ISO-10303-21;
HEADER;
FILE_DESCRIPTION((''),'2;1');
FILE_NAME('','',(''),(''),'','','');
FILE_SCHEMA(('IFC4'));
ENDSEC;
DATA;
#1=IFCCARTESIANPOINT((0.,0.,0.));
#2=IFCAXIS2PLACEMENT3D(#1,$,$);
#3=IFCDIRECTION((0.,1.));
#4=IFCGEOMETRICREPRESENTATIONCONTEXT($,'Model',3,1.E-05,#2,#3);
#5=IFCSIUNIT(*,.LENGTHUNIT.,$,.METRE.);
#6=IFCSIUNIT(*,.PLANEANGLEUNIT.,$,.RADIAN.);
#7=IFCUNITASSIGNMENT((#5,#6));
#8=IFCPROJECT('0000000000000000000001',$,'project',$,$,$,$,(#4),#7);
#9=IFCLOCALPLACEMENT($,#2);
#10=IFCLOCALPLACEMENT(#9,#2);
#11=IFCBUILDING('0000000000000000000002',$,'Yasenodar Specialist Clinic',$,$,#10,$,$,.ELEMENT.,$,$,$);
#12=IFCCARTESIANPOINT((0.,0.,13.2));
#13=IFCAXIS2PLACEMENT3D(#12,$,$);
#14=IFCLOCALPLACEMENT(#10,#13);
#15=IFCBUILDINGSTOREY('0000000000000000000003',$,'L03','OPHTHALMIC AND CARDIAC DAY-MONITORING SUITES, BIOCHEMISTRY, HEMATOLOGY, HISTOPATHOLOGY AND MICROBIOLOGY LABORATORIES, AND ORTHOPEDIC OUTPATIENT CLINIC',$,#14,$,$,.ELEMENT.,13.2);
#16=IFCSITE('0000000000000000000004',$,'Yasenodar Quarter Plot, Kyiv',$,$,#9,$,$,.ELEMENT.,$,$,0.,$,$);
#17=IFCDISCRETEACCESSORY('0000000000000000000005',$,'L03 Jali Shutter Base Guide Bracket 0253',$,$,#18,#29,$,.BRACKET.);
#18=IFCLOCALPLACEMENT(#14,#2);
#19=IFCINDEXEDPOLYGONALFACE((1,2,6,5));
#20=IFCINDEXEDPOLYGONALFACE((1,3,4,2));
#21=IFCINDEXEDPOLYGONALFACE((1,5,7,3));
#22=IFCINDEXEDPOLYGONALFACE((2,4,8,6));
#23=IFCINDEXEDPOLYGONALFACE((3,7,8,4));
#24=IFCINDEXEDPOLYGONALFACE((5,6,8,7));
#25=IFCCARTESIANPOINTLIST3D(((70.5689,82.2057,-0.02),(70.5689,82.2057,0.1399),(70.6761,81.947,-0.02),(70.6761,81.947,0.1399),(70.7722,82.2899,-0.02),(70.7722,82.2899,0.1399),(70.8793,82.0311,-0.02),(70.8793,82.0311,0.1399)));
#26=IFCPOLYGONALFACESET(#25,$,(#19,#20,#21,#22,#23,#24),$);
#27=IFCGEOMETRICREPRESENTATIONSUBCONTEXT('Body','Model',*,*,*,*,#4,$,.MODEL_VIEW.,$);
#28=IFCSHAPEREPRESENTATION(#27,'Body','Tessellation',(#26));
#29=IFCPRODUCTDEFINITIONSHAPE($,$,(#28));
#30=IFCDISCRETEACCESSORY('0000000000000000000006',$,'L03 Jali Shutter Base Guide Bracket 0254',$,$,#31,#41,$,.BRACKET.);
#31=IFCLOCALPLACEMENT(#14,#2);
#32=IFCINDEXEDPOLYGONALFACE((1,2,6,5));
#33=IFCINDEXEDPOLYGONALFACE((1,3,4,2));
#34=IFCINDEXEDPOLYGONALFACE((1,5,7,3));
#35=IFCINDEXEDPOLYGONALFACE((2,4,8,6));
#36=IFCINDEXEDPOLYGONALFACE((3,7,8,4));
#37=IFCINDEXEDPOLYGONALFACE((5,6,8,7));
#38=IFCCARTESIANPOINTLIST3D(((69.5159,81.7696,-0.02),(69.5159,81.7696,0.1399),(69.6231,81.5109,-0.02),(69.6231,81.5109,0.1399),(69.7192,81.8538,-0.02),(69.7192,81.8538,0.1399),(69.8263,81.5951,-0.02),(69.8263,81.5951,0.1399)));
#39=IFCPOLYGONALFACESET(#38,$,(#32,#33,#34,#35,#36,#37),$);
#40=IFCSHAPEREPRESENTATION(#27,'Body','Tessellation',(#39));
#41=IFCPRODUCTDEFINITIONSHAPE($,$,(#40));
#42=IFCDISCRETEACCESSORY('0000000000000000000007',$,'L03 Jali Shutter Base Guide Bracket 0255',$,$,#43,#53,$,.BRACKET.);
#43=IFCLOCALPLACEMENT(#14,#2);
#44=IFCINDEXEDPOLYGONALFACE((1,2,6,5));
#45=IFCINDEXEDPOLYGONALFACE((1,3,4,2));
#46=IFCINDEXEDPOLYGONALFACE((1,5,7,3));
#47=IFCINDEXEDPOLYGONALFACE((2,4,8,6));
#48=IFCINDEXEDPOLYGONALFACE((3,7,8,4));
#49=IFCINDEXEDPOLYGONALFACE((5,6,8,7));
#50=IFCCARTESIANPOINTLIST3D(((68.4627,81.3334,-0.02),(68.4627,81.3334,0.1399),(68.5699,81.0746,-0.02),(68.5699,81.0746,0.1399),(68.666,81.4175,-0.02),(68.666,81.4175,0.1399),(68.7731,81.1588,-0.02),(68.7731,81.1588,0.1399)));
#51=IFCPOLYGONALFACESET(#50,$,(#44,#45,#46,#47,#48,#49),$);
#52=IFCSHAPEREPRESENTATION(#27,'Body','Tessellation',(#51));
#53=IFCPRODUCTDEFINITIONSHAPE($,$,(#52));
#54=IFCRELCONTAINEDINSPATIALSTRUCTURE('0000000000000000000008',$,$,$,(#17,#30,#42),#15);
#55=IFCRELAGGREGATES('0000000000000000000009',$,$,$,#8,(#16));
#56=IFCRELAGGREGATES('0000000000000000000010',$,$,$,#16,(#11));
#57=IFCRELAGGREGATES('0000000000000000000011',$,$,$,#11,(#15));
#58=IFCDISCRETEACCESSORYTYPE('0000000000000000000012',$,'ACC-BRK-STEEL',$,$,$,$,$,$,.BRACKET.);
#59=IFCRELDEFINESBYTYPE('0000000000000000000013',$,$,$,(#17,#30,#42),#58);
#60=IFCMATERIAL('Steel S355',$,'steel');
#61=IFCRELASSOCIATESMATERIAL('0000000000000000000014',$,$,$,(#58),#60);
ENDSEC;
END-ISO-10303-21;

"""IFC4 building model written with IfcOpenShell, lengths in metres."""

from ifc_helpers import new_model, si_unit, direction, frame, origin, origin_2d, place, context, subcontext, project, spatial, rectangle, extrude, material, type_object, element, save


model = new_model("IFC4")

# Units and contexts
model_context = context("Model", 3, precision=1e-05, world=origin(), true_north=direction((0.0, 1.0)))
body_context = subcontext(model_context, "Body", "Model", "MODEL_VIEW")
ifc_project = project(units=[si_unit("LENGTHUNIT", "METRE"), si_unit("PLANEANGLEUNIT", "RADIAN")], contexts=[model_context])

# Site, building, storey
site_placement = place(None, origin())
site = spatial("IfcSite", under=ifc_project, at=site_placement, Name="Yasenodar Quarter Plot, Kyiv", CompositionType="ELEMENT", RefElevation=0.0)
building_placement = place(site_placement, origin())
building = spatial("IfcBuilding", under=site, at=building_placement, Name="Yasenodar Specialist Clinic", CompositionType="ELEMENT")
storey_placement = place(building_placement, frame((0.0, 0.0, 13.2)))
storey = spatial("IfcBuildingStorey", under=building, at=storey_placement, Name="L03", Description="OPHTHALMIC AND CARDIAC DAY-MONITORING SUITES, BIOCHEMISTRY, HEMATOLOGY, HISTOPATHOLOGY AND MICROBIOLOGY LABORATORIES, AND ORTHOPEDIC OUTPATIENT CLINIC", CompositionType="ELEMENT", Elevation=13.2)

# Shared definitions
ifc_material_1 = material(Name="Steel S355", Category="steel")

# Discrete accessories
discrete_accessory_type = type_object("IfcDiscreteAccessoryType", Name="ACC-BRK-STEEL", PredefinedType="BRACKET", material=ifc_material_1)
for number, where, z_axis, x_axis, name in (
    (1, (70.7241, 82.1184, -0.02), (0.0, 0.0, 1.0), (-0.923878, -0.382687, 0.0), "L03 Jali Shutter Base Guide Bracket 0253"),
    (2, (69.6711, 81.6824, -0.02), (0.0, 0.0, 1.0), (-0.923878, -0.382687, 0.0), "L03 Jali Shutter Base Guide Bracket 0254"),
    (3, (68.6179, 81.2461, -0.02), (0.0, 0.0, 1.0), (-0.923878, -0.382687, 0.0), "L03 Jali Shutter Base Guide Bracket 0255"),
):
    element("IfcDiscreteAccessory", number, at=place(storey_placement, frame(where, z_axis=z_axis, x_axis=x_axis)), inside=storey, type_object=discrete_accessory_type, Name=name, PredefinedType="BRACKET", context=body_context, shape_type="SweptSolid", body=[
        extrude(rectangle(XDim=0.22, YDim=0.28, at=origin_2d()), origin(), (0.0, 0.0, 1.0), 0.1599),
    ])

save(model, "model.ifc")
